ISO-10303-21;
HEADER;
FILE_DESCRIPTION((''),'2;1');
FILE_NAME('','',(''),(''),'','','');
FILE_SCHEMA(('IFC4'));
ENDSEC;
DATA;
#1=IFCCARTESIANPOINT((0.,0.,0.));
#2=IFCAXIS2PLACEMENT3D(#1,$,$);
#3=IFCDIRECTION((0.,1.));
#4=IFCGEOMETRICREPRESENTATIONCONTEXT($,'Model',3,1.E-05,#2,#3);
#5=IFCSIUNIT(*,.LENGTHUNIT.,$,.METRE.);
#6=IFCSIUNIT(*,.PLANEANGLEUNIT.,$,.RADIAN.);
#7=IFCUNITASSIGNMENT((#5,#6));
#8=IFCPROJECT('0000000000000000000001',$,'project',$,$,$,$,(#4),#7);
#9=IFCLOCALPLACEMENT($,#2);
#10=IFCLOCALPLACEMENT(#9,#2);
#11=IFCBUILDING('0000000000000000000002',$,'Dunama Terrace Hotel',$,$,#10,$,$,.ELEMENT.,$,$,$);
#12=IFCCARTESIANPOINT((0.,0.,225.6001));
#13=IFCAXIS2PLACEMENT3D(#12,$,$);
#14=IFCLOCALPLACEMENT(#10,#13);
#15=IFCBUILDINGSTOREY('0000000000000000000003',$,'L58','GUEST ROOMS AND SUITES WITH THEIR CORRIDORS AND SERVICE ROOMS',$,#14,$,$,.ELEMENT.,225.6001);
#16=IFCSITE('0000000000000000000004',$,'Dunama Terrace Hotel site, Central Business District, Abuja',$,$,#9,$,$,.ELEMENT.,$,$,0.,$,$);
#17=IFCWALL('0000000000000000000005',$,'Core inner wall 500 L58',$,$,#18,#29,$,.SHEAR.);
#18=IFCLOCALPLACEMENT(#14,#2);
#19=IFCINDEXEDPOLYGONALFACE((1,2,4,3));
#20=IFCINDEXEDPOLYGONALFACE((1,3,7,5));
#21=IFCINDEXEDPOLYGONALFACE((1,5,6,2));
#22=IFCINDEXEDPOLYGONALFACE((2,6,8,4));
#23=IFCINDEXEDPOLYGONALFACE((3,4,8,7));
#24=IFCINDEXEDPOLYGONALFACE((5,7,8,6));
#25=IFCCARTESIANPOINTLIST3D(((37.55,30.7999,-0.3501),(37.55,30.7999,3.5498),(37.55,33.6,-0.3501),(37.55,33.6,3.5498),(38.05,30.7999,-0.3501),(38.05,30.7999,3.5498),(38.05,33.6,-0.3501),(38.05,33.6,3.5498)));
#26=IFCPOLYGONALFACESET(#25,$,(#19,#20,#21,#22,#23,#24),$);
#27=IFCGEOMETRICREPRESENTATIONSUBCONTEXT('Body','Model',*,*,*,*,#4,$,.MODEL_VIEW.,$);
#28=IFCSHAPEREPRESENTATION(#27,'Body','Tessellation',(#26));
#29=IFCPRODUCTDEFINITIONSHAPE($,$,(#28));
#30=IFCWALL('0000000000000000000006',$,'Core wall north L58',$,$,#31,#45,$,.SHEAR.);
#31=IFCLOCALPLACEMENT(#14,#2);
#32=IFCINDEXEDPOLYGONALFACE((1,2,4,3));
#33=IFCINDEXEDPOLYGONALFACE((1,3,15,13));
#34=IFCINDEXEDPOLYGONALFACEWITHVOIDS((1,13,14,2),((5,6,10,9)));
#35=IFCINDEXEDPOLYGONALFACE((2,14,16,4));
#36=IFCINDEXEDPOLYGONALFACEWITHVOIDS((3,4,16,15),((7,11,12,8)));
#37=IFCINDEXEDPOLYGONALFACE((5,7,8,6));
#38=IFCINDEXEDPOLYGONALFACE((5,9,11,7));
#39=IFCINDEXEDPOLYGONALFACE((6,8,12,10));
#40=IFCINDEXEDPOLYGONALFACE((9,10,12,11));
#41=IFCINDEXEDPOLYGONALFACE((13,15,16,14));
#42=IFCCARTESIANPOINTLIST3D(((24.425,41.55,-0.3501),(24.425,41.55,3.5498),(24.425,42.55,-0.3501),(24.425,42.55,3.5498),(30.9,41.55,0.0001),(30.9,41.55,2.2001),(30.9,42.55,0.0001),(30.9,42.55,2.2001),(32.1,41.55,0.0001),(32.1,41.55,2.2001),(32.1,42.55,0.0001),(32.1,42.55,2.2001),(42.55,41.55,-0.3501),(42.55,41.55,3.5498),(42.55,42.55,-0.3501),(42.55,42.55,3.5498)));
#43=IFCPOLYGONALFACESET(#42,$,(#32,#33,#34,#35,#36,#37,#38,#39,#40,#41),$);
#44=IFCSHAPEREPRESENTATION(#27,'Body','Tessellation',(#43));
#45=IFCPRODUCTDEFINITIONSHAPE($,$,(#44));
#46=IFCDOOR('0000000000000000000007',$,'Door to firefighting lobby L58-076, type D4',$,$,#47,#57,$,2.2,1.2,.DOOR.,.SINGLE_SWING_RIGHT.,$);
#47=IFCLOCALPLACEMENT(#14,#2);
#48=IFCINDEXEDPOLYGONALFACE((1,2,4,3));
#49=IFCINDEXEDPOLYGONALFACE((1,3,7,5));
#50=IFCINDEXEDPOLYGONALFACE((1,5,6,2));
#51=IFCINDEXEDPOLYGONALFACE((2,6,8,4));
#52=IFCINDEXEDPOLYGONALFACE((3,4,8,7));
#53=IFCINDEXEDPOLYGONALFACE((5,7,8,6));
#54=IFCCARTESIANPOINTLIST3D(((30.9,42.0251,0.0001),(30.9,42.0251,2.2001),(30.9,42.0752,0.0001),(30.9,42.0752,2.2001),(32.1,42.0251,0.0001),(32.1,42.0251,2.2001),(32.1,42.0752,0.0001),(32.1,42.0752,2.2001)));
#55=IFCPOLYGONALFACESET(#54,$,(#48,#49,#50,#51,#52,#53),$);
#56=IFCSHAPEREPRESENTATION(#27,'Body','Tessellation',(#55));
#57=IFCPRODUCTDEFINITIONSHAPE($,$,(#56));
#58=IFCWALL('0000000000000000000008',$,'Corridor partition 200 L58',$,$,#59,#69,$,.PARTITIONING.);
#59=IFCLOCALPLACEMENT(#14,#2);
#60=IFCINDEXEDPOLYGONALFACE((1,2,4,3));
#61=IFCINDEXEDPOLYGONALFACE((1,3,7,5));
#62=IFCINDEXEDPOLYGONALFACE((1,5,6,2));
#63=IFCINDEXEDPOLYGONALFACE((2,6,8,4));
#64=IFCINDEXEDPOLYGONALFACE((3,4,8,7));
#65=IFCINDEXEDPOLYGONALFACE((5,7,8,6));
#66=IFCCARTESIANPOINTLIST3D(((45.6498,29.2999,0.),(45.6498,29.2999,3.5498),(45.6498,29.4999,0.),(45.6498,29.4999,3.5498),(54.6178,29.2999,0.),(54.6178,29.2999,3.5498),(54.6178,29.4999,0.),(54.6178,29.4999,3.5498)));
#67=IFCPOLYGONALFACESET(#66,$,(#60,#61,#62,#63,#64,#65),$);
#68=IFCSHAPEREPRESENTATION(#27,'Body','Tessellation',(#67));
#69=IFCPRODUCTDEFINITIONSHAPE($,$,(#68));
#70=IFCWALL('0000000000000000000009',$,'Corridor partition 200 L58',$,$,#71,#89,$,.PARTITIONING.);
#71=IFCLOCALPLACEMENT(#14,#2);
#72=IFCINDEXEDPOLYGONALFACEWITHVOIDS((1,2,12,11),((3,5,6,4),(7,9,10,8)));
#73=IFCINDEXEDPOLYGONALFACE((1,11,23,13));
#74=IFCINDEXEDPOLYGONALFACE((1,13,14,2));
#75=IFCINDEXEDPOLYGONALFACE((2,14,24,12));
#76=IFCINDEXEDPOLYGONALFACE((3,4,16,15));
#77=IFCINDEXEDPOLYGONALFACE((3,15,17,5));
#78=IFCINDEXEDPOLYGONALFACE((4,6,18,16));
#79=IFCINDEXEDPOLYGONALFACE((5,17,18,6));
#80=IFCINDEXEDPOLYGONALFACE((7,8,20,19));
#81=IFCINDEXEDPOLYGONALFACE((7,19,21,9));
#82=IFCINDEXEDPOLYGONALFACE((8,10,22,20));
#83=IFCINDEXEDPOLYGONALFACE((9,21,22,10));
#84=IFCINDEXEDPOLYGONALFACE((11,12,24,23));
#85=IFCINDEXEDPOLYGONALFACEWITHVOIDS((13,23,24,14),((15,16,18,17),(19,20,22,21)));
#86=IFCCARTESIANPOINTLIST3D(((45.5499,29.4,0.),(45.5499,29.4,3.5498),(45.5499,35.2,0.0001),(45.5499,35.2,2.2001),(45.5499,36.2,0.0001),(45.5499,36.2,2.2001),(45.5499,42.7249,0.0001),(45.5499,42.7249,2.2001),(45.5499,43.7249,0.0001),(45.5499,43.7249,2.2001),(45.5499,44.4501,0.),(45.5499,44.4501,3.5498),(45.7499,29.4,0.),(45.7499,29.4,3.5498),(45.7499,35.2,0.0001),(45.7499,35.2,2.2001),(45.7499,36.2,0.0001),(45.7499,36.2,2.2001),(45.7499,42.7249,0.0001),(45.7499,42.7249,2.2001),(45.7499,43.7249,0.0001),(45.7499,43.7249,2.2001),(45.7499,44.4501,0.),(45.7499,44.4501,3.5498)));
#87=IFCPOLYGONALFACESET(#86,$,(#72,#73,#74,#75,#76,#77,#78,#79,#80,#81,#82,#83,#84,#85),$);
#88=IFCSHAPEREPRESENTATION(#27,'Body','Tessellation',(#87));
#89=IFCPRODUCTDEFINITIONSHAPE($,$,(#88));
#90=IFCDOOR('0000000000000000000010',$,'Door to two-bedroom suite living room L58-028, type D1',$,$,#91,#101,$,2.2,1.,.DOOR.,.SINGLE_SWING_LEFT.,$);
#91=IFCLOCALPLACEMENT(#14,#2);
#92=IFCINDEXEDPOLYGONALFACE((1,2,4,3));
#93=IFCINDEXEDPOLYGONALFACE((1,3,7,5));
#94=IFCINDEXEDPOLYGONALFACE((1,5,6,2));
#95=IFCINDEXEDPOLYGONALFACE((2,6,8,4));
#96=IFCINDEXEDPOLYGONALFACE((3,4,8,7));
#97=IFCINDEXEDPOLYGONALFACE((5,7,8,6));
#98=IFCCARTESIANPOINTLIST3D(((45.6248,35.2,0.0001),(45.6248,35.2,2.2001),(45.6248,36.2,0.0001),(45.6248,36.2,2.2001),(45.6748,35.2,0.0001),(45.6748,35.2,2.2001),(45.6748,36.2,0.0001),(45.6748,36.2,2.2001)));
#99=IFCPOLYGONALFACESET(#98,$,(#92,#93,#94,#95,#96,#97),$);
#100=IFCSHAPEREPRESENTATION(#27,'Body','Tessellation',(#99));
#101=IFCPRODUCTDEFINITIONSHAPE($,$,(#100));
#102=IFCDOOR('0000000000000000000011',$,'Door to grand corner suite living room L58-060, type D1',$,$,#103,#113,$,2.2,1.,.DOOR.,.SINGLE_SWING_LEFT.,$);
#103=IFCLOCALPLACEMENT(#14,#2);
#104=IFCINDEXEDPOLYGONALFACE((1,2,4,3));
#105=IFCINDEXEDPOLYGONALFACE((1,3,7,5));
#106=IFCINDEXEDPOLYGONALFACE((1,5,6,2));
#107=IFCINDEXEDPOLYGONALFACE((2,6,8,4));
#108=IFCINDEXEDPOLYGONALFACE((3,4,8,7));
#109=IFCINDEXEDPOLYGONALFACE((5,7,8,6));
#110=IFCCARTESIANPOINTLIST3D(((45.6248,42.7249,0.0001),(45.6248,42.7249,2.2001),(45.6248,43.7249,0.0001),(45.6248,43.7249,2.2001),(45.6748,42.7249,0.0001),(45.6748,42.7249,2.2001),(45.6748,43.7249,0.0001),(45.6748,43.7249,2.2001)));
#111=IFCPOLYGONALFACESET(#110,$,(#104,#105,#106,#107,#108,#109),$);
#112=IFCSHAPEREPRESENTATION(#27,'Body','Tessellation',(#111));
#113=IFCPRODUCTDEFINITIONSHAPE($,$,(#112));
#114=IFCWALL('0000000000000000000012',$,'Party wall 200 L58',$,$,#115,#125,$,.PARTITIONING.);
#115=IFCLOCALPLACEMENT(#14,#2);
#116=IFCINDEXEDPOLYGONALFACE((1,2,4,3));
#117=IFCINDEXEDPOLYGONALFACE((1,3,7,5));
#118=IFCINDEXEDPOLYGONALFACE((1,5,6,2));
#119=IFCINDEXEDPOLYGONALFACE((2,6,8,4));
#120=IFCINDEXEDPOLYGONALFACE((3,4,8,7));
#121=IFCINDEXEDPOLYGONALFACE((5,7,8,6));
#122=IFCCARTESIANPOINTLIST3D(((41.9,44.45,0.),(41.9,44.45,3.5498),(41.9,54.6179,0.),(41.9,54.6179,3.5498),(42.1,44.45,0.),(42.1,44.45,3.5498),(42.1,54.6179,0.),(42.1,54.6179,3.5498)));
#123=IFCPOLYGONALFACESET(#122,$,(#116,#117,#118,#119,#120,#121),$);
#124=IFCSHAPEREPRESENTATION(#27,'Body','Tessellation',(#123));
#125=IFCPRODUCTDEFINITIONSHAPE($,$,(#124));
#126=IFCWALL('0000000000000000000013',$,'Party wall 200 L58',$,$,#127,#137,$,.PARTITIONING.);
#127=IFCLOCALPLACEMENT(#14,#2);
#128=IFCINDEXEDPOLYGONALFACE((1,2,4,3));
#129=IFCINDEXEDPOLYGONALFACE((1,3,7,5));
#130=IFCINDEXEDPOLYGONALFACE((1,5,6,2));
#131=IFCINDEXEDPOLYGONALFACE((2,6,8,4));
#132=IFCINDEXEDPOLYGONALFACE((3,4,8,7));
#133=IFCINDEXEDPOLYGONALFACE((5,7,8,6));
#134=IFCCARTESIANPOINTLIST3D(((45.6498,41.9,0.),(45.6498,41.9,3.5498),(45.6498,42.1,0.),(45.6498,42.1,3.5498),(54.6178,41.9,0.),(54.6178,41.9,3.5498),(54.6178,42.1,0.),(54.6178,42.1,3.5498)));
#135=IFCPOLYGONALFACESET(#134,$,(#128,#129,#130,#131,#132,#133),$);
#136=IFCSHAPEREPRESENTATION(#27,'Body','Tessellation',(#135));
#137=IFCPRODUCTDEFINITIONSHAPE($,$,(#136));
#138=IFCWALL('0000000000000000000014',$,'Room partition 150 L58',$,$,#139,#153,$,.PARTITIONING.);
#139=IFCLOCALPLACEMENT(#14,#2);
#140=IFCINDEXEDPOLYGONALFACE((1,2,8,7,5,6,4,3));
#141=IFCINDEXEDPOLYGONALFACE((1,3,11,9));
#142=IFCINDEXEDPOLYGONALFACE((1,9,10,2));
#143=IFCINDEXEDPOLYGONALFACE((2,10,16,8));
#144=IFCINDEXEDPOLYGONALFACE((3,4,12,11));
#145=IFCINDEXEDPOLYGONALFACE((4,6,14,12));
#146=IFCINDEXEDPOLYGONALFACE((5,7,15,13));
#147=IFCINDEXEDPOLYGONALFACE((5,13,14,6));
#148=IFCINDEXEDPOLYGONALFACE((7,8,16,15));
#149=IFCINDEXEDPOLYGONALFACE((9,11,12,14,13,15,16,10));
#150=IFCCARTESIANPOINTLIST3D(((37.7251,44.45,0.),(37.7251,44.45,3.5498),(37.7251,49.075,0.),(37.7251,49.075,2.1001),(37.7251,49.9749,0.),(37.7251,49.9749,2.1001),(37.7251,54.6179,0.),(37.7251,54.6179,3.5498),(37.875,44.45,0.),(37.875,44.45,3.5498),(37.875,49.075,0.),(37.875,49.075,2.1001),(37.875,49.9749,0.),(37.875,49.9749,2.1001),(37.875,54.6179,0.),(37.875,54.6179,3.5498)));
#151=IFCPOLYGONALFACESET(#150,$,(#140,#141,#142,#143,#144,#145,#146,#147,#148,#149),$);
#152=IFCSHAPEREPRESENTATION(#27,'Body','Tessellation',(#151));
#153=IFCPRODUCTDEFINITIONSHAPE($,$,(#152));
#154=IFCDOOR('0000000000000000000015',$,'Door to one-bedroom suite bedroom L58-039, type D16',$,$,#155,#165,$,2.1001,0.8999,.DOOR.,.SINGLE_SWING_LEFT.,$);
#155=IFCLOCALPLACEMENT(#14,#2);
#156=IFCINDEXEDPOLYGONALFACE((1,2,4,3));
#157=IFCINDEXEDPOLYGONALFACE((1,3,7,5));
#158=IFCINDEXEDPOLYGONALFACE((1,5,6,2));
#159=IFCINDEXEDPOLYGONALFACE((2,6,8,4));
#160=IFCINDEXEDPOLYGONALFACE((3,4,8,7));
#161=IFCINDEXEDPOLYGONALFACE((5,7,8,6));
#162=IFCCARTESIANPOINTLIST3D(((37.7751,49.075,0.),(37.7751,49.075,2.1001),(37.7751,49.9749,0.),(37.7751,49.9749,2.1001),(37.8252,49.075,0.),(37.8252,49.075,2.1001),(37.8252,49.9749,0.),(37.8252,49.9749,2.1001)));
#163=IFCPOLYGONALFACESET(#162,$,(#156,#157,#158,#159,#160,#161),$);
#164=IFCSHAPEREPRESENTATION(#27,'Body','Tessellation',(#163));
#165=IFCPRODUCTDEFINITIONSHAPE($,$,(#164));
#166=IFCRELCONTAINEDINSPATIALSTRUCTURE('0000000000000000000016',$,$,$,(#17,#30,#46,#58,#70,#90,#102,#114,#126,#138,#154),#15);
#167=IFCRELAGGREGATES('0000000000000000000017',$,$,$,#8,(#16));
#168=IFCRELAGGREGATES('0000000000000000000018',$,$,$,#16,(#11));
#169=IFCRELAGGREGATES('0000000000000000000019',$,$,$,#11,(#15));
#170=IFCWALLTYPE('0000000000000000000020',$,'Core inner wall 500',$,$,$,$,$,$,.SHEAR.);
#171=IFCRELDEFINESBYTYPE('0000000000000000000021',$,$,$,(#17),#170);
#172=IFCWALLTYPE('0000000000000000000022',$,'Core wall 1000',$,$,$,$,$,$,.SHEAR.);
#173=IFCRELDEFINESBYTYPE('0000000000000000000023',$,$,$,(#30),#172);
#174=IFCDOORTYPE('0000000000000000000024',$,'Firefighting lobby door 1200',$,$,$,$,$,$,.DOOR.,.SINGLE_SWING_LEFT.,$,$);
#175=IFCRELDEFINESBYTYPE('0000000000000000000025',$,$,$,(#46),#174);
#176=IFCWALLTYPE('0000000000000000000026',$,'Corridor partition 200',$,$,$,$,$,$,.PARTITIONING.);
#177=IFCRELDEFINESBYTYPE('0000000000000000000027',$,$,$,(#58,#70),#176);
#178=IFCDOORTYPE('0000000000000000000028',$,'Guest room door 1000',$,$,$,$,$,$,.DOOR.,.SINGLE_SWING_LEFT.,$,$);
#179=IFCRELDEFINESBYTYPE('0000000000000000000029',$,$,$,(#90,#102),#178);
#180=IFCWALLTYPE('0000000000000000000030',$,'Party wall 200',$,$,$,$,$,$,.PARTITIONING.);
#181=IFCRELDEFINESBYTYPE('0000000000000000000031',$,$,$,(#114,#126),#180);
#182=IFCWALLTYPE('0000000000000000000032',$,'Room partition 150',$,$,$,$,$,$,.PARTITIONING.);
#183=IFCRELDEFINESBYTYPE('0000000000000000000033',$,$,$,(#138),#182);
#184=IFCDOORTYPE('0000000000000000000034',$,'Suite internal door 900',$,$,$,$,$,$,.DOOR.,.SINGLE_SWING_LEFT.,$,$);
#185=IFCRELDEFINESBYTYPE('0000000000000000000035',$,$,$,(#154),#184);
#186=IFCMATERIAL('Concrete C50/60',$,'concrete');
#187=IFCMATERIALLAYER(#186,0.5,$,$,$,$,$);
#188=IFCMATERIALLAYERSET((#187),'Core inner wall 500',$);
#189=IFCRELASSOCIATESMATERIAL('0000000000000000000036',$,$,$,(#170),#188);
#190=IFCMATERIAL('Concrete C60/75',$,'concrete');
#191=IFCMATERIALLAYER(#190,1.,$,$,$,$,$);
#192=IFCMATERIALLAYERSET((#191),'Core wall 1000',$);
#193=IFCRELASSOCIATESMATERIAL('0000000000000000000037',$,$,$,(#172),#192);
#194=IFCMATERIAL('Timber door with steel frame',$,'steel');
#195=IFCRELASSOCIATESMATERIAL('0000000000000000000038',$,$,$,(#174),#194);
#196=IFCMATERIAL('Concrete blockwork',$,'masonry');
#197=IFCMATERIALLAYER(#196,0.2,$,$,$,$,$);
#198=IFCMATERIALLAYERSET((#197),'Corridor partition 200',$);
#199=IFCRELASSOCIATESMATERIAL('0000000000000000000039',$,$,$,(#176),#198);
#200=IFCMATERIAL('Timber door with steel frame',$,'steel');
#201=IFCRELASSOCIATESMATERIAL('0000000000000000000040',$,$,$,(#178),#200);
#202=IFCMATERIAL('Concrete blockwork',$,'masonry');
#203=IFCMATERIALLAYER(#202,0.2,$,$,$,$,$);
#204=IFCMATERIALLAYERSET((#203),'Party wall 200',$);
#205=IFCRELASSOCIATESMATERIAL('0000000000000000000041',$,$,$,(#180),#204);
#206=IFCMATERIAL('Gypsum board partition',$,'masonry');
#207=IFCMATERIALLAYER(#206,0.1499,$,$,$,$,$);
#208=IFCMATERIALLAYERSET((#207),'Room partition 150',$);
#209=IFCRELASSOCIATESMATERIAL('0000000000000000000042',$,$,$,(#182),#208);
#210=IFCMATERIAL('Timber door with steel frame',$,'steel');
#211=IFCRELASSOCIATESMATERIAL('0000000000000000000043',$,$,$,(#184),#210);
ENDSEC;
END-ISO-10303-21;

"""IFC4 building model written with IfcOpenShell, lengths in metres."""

from ifc_helpers import new_model, si_unit, direction, frame, frame_2d, origin, place, context, subcontext, project, spatial, rectangle, extrude, material, layer, layer_set, type_object, element, fill, save


model = new_model("IFC4")

# Units and contexts
model_context = context("Model", 3, precision=1e-05, world=origin(), true_north=direction((0.0, 1.0)))
body_context = subcontext(model_context, "Body", "Model", "MODEL_VIEW")
ifc_project = project(units=[si_unit("LENGTHUNIT", "METRE"), si_unit("PLANEANGLEUNIT", "RADIAN")], contexts=[model_context])

# Site, building, storey
site_placement = place(None, origin())
site = spatial("IfcSite", under=ifc_project, at=site_placement, Name="Dunama Terrace Hotel site, Central Business District, Abuja", CompositionType="ELEMENT", RefElevation=0.0)
building_placement = place(site_placement, origin())
building = spatial("IfcBuilding", under=site, at=building_placement, Name="Dunama Terrace Hotel", CompositionType="ELEMENT")
storey_placement = place(building_placement, frame((0.0, 0.0, 225.6001)))
storey = spatial("IfcBuildingStorey", under=building, at=storey_placement, Name="L58", Description="GUEST ROOMS AND SUITES WITH THEIR CORRIDORS AND SERVICE ROOMS", CompositionType="ELEMENT", Elevation=225.6001)

# Wall
ifc_material_1 = material(Name="Concrete C50/60", Category="concrete")
ifc_layer_1 = layer(ifc_material_1, 0.5)
ifc_layer_set_1 = layer_set([ifc_layer_1], Name="Core inner wall 500")
wall_type_1 = type_object("IfcWallType", Name="Core inner wall 500", PredefinedType="SHEAR", material=ifc_layer_set_1)
wall_1_placement = place(storey_placement, frame((37.8, 30.8, -0.3501), z_axis=(0.0, 0.0, 1.0), x_axis=(0.0, 1.0, 0.0)))
element("IfcWall", 1, at=wall_1_placement, inside=storey, type_object=wall_type_1, Name="Core inner wall 500 L58", PredefinedType="SHEAR", context=body_context, shape_type="SweptSolid", body=[
    extrude(rectangle(XDim=2.8, YDim=0.5, at=frame_2d((1.3999, 0.0))), origin(), (0.0, 0.0, 1.0), 3.8999),
])

# Wall, opening, door
ifc_material_2 = material(Name="Concrete C60/75", Category="concrete")
ifc_layer_2 = layer(ifc_material_2, 1.0)
ifc_layer_set_2 = layer_set([ifc_layer_2], Name="Core wall 1000")
wall_type_2 = type_object("IfcWallType", Name="Core wall 1000", PredefinedType="SHEAR", material=ifc_layer_set_2)
wall_2_placement = place(storey_placement, frame((42.55, 42.05, -0.3501), z_axis=(0.0, 0.0, 1.0), x_axis=(-1.0, 0.0, 0.0)))
wall_2 = element("IfcWall", 2, at=wall_2_placement, inside=storey, type_object=wall_type_2, Name="Core wall north L58", PredefinedType="SHEAR", context=body_context, shape_type="SweptSolid", body=[
    extrude(rectangle(XDim=18.125, YDim=1.0, at=frame_2d((9.0625, 0.0))), origin(), (0.0, 0.0, 1.0), 3.8999),
])
opening_1_placement = place(wall_2_placement, frame((10.45, 0.0, 0.3501)))
opening_1 = element("IfcOpeningElement", 3, at=opening_1_placement, cuts=wall_2, PredefinedType="OPENING", context=body_context, shape_type="SweptSolid", body=[
    extrude(rectangle(XDim=1.2, YDim=2.2, at=frame_2d((0.6001, 1.1001))), frame((0.0, 0.51, 0.0), z_axis=(0.0, -1.0, 0.0), x_axis=(1.0, 0.0, 0.0)), (0.0, 0.0, 1.0), 1.02),
])
ifc_material_3 = material(Name="Timber door with steel frame", Category="steel")
door_type_1 = type_object("IfcDoorType", Name="Firefighting lobby door 1200", OperationType="SINGLE_SWING_LEFT", PredefinedType="DOOR", material=ifc_material_3)
door_1_placement = place(opening_1_placement, origin())
door_1 = element("IfcDoor", 4, at=door_1_placement, inside=storey, type_object=door_type_1, Name="Door to firefighting lobby L58-076, type D4", OperationType="SINGLE_SWING_RIGHT", OverallHeight=2.2, OverallWidth=1.2, PredefinedType="DOOR", context=body_context, shape_type="SweptSolid", body=[
    extrude(rectangle(XDim=1.2, YDim=2.2, at=frame_2d((0.6001, 1.1001))), frame((0.0, 0.0249, 0.0), z_axis=(0.0, -1.0, 0.0), x_axis=(1.0, 0.0, 0.0)), (0.0, 0.0, 1.0), 0.05),
])
fill(opening_1, door_1)

# Wall
ifc_material_4 = material(Name="Concrete blockwork", Category="masonry")
ifc_layer_3 = layer(ifc_material_4, 0.2)
ifc_layer_set_3 = layer_set([ifc_layer_3], Name="Corridor partition 200")
wall_type_3 = type_object("IfcWallType", Name="Corridor partition 200", PredefinedType="PARTITIONING", material=ifc_layer_set_3)
wall_3_placement = place(storey_placement, frame((45.6499, 29.3999, 0.0), z_axis=(0.0, 0.0, 1.0), x_axis=(1.0, 0.0, 0.0)))
element("IfcWall", 5, at=wall_3_placement, inside=storey, type_object=wall_type_3, Name="Corridor partition 200 L58", PredefinedType="PARTITIONING", context=body_context, shape_type="SweptSolid", body=[
    extrude(rectangle(XDim=8.968, YDim=0.2, at=frame_2d((4.4839, 0.0))), origin(), (0.0, 0.0, 1.0), 3.5498),
])

# Wall, openings, doors
wall_4_placement = place(storey_placement, frame((45.6499, 44.45, 0.0), z_axis=(0.0, 0.0, 1.0), x_axis=(0.0, -1.0, 0.0)))
wall_4 = element("IfcWall", 6, at=wall_4_placement, inside=storey, type_object=wall_type_3, Name="Corridor partition 200 L58", PredefinedType="PARTITIONING", context=body_context, shape_type="SweptSolid", body=[
    extrude(rectangle(XDim=15.05, YDim=0.2, at=frame_2d((7.5249, 0.0))), origin(), (0.0, 0.0, 1.0), 3.5498),
])
opening_2_placement = place(wall_4_placement, frame((8.25, 0.0, 0.0)))
opening_2 = element("IfcOpeningElement", 7, at=opening_2_placement, cuts=wall_4, PredefinedType="OPENING", context=body_context, shape_type="SweptSolid", body=[
    extrude(rectangle(XDim=1.0, YDim=2.2, at=frame_2d((0.5, 1.1001))), frame((0.0, 0.1099, 0.0), z_axis=(0.0, -1.0, 0.0), x_axis=(1.0, 0.0, 0.0)), (0.0, 0.0, 1.0), 0.22),
])
opening_3_placement = place(wall_4_placement, frame((0.7251, 0.0, 0.0)))
opening_3 = element("IfcOpeningElement", 8, at=opening_3_placement, cuts=wall_4, PredefinedType="OPENING", context=body_context, shape_type="SweptSolid", body=[
    extrude(rectangle(XDim=1.0, YDim=2.2, at=frame_2d((0.5, 1.1001))), frame((0.0, 0.1099, 0.0), z_axis=(0.0, -1.0, 0.0), x_axis=(1.0, 0.0, 0.0)), (0.0, 0.0, 1.0), 0.22),
])
ifc_material_5 = material(Name="Timber door with steel frame", Category="steel")
door_type_2 = type_object("IfcDoorType", Name="Guest room door 1000", OperationType="SINGLE_SWING_LEFT", PredefinedType="DOOR", material=ifc_material_5)
door_2_placement = place(opening_2_placement, origin())
door_2 = element("IfcDoor", 9, at=door_2_placement, inside=storey, type_object=door_type_2, Name="Door to two-bedroom suite living room L58-028, type D1", OperationType="SINGLE_SWING_LEFT", OverallHeight=2.2, OverallWidth=1.0, PredefinedType="DOOR", context=body_context, shape_type="SweptSolid", body=[
    extrude(rectangle(XDim=1.0, YDim=2.2, at=frame_2d((0.5, 1.1001))), frame((0.0, 0.0249, 0.0), z_axis=(0.0, -1.0, 0.0), x_axis=(1.0, 0.0, 0.0)), (0.0, 0.0, 1.0), 0.05),
])
fill(opening_2, door_2)
door_3_placement = place(opening_3_placement, origin())
door_3 = element("IfcDoor", 10, at=door_3_placement, inside=storey, type_object=door_type_2, Name="Door to grand corner suite living room L58-060, type D1", OperationType="SINGLE_SWING_LEFT", OverallHeight=2.2, OverallWidth=1.0, PredefinedType="DOOR", context=body_context, shape_type="SweptSolid", body=[
    extrude(rectangle(XDim=1.0, YDim=2.2, at=frame_2d((0.5, 1.1001))), frame((0.0, 0.0249, 0.0), z_axis=(0.0, -1.0, 0.0), x_axis=(1.0, 0.0, 0.0)), (0.0, 0.0, 1.0), 0.05),
])
fill(opening_3, door_3)

# Walls
ifc_material_6 = material(Name="Concrete blockwork", Category="masonry")
ifc_layer_4 = layer(ifc_material_6, 0.2)
ifc_layer_set_4 = layer_set([ifc_layer_4], Name="Party wall 200")
wall_type_4 = type_object("IfcWallType", Name="Party wall 200", PredefinedType="PARTITIONING", material=ifc_layer_set_4)
wall_5_placement = place(storey_placement, frame((42.0, 44.45, 0.0), z_axis=(0.0, 0.0, 1.0), x_axis=(0.0, 1.0, 0.0)))
element("IfcWall", 11, at=wall_5_placement, inside=storey, type_object=wall_type_4, Name="Party wall 200 L58", PredefinedType="PARTITIONING", context=body_context, shape_type="SweptSolid", body=[
    extrude(rectangle(XDim=10.168, YDim=0.2, at=frame_2d((5.084, 0.0))), origin(), (0.0, 0.0, 1.0), 3.5498),
])
wall_6_placement = place(storey_placement, frame((45.6499, 42.0, 0.0), z_axis=(0.0, 0.0, 1.0), x_axis=(1.0, 0.0, 0.0)))
element("IfcWall", 12, at=wall_6_placement, inside=storey, type_object=wall_type_4, Name="Party wall 200 L58", PredefinedType="PARTITIONING", context=body_context, shape_type="SweptSolid", body=[
    extrude(rectangle(XDim=8.968, YDim=0.2, at=frame_2d((4.4839, 0.0))), origin(), (0.0, 0.0, 1.0), 3.5498),
])

# Wall, opening, door
ifc_material_7 = material(Name="Gypsum board partition", Category="masonry")
ifc_layer_5 = layer(ifc_material_7, 0.1499)
ifc_layer_set_5 = layer_set([ifc_layer_5], Name="Room partition 150")
wall_type_5 = type_object("IfcWallType", Name="Room partition 150", PredefinedType="PARTITIONING", material=ifc_layer_set_5)
wall_7_placement = place(storey_placement, frame((37.8, 44.45, 0.0), z_axis=(0.0, 0.0, 1.0), x_axis=(0.0, 1.0, 0.0)))
wall_7 = element("IfcWall", 13, at=wall_7_placement, inside=storey, type_object=wall_type_5, Name="Room partition 150 L58", PredefinedType="PARTITIONING", context=body_context, shape_type="SweptSolid", body=[
    extrude(rectangle(XDim=10.168, YDim=0.1499, at=frame_2d((5.084, 0.0))), origin(), (0.0, 0.0, 1.0), 3.5498),
])
opening_4_placement = place(wall_7_placement, frame((4.625, 0.0, 0.0)))
opening_4 = element("IfcOpeningElement", 14, at=opening_4_placement, cuts=wall_7, PredefinedType="OPENING", context=body_context, shape_type="SweptSolid", body=[
    extrude(rectangle(XDim=0.8999, YDim=2.1001, at=frame_2d((0.45, 1.05))), frame((0.0, 0.085, 0.0), z_axis=(0.0, -1.0, 0.0), x_axis=(1.0, 0.0, 0.0)), (0.0, 0.0, 1.0), 0.1699),
])
ifc_material_8 = material(Name="Timber door with steel frame", Category="steel")
door_type_3 = type_object("IfcDoorType", Name="Suite internal door 900", OperationType="SINGLE_SWING_LEFT", PredefinedType="DOOR", material=ifc_material_8)
door_4_placement = place(opening_4_placement, origin())
door_4 = element("IfcDoor", 15, at=door_4_placement, inside=storey, type_object=door_type_3, Name="Door to one-bedroom suite bedroom L58-039, type D16", OperationType="SINGLE_SWING_LEFT", OverallHeight=2.1001, OverallWidth=0.8999, PredefinedType="DOOR", context=body_context, shape_type="SweptSolid", body=[
    extrude(rectangle(XDim=0.8999, YDim=2.1001, at=frame_2d((0.45, 1.05))), frame((0.0, 0.0249, 0.0), z_axis=(0.0, -1.0, 0.0), x_axis=(1.0, 0.0, 0.0)), (0.0, 0.0, 1.0), 0.05),
])
fill(opening_4, door_4)

save(model, "model.ifc")
